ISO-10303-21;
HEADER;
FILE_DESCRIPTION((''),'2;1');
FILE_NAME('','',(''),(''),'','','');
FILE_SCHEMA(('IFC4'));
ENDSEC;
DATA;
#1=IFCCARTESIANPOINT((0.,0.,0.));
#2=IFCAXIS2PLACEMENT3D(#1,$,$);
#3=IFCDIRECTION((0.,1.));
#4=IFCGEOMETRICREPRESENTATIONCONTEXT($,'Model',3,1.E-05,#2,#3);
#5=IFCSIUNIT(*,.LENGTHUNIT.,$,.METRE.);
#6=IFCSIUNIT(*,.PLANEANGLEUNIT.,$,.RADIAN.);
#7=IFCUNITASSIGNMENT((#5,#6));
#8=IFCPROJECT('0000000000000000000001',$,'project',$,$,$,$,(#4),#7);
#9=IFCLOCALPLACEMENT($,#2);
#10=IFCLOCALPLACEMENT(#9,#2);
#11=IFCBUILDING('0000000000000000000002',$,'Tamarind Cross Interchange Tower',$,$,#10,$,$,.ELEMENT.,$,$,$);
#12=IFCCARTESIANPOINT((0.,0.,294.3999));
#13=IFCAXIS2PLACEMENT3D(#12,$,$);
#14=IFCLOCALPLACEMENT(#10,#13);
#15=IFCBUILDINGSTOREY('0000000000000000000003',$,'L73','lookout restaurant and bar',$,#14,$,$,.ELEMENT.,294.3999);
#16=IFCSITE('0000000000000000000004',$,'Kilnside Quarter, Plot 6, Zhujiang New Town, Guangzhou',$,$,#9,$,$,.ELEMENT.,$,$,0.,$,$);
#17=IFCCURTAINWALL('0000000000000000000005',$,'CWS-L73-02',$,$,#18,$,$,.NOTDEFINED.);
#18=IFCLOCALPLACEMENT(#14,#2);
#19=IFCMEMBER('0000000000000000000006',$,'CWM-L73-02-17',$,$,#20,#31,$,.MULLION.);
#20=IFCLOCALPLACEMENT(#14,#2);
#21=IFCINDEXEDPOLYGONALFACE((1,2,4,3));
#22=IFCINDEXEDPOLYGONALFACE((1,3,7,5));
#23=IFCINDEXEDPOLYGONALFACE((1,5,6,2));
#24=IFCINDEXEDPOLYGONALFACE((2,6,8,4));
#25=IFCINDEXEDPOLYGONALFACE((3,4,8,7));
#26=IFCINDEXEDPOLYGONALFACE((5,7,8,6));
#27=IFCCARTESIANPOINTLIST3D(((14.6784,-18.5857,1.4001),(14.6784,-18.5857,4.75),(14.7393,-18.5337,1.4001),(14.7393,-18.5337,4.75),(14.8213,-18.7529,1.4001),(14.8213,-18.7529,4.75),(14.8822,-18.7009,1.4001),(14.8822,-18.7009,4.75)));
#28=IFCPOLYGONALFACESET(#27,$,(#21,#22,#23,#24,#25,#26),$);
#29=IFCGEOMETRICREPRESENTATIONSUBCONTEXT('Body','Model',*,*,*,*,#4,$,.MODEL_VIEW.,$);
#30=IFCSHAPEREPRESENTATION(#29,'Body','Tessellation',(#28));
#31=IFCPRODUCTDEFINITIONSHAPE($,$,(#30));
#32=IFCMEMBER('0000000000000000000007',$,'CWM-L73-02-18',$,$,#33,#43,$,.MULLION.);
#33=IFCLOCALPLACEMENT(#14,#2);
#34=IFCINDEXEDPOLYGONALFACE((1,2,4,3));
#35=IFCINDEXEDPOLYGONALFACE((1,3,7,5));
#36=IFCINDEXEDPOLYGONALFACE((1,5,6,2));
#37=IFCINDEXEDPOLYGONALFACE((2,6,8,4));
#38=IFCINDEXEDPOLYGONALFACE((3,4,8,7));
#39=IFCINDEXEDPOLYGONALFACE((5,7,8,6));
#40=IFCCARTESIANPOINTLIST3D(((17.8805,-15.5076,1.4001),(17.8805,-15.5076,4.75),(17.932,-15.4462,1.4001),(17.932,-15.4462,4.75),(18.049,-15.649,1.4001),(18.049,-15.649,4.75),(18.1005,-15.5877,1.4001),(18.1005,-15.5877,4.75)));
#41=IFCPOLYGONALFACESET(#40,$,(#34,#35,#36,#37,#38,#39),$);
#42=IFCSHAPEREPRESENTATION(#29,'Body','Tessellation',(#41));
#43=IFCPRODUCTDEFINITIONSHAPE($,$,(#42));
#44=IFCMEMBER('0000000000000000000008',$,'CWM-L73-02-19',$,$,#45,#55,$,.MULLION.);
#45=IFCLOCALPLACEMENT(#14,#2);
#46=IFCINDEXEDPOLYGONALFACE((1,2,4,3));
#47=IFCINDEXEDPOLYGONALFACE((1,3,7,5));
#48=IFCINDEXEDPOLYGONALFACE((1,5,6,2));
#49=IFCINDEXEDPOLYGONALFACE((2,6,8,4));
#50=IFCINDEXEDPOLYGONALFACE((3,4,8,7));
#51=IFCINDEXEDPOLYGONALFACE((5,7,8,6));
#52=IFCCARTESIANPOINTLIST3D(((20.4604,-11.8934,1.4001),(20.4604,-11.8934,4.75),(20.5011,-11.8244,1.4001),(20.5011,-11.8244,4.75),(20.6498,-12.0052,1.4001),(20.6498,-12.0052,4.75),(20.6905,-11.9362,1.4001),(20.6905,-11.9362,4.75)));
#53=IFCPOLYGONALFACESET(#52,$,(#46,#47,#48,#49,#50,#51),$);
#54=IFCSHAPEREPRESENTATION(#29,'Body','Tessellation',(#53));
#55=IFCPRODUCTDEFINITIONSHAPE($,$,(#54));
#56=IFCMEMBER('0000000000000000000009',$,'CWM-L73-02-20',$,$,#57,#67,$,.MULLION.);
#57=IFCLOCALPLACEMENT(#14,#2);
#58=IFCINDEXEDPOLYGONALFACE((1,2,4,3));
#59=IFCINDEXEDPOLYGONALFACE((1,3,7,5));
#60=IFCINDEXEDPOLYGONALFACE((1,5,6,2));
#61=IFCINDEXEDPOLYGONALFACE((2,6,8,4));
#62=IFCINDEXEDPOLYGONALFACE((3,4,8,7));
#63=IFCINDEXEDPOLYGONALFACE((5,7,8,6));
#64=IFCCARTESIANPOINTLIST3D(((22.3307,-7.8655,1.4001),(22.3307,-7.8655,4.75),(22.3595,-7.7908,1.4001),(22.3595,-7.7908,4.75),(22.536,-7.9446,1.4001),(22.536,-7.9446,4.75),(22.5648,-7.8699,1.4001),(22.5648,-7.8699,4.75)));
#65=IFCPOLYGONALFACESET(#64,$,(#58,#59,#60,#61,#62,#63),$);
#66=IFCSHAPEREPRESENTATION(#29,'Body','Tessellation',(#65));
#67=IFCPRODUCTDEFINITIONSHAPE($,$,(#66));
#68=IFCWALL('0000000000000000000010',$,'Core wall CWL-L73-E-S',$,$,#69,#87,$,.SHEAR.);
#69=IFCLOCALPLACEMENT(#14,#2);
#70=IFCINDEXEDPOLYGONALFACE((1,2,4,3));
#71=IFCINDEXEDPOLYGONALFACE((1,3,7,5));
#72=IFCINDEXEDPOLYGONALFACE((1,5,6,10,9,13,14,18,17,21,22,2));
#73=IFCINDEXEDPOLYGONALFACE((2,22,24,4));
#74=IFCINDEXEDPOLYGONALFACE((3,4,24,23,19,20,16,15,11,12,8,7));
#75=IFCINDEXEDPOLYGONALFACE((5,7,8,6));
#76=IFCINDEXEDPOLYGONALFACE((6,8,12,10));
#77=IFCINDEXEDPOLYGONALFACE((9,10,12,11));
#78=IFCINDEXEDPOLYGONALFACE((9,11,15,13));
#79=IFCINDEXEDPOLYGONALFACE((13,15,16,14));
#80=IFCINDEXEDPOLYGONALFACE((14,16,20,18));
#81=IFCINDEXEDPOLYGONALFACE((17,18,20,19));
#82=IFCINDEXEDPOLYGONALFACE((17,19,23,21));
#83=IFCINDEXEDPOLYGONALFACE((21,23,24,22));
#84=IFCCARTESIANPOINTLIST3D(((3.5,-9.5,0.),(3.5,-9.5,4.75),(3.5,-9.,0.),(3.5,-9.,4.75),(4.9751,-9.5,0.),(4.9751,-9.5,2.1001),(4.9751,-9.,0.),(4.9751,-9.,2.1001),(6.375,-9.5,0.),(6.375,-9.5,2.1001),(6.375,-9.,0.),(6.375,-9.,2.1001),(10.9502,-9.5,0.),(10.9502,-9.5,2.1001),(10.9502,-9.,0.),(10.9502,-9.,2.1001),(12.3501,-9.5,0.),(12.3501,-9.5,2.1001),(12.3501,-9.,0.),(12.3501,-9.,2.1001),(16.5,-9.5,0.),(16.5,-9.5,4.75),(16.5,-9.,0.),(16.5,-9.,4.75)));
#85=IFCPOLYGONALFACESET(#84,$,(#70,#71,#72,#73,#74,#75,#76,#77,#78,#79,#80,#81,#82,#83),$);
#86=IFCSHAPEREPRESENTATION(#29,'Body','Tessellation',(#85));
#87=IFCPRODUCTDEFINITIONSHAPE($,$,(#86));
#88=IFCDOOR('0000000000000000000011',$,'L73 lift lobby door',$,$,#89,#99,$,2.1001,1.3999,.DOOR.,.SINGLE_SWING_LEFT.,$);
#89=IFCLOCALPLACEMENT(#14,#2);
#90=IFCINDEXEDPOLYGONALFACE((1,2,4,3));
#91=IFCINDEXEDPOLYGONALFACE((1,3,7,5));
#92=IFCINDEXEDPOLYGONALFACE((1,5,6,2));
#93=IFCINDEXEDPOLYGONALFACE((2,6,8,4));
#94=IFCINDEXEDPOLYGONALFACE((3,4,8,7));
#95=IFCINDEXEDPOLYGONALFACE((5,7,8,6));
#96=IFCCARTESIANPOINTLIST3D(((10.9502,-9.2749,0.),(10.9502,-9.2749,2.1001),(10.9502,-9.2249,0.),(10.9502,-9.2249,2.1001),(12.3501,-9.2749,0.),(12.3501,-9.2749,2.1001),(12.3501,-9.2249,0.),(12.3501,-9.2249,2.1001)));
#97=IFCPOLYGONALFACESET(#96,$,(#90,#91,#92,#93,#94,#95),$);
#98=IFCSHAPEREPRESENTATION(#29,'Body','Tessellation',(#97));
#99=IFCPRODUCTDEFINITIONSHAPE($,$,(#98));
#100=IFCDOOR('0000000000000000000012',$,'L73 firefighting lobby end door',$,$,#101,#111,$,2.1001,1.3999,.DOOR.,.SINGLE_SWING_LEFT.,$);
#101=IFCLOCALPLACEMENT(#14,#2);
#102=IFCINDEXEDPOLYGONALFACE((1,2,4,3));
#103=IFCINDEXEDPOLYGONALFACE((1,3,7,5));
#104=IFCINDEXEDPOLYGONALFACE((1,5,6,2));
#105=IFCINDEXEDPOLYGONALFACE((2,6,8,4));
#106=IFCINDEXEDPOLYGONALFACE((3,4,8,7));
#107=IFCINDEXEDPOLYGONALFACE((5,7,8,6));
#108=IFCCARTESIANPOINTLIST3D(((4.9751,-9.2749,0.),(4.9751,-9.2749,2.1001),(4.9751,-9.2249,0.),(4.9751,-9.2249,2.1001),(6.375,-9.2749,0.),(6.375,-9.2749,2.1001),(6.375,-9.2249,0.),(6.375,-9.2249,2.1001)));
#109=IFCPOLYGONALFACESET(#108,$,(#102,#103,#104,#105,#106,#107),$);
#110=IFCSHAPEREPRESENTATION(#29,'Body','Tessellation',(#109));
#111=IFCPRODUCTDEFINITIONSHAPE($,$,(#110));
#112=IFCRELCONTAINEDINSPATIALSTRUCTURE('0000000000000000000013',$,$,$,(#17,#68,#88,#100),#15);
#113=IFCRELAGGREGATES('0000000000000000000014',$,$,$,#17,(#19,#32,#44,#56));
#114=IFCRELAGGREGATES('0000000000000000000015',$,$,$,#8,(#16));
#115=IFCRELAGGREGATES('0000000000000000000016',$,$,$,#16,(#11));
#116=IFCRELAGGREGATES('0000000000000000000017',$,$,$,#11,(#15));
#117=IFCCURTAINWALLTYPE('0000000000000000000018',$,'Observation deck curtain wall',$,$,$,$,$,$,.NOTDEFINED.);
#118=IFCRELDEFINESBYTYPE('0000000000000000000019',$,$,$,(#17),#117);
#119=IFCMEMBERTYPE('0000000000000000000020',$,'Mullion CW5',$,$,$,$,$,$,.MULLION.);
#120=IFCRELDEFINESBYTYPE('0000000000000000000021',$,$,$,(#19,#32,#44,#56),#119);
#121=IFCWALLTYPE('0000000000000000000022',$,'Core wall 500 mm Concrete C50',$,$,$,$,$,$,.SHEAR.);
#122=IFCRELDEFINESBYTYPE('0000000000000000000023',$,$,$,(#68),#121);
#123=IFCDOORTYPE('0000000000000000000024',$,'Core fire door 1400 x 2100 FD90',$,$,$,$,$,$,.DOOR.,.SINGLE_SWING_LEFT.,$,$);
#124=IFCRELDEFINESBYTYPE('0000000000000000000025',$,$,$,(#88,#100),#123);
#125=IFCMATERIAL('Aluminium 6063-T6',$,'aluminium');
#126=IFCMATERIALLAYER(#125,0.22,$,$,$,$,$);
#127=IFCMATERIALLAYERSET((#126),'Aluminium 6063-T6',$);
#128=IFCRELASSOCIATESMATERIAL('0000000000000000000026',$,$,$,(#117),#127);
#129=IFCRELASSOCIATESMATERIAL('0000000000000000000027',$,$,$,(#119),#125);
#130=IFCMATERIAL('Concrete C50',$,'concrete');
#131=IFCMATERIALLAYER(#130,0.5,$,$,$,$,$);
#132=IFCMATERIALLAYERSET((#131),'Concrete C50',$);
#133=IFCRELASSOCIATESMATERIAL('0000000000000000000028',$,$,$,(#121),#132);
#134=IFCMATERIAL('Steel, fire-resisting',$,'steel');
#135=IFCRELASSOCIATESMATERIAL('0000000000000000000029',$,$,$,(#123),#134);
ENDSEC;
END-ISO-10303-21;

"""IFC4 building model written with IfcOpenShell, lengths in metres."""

from ifc_helpers import new_model, si_unit, direction, frame, frame_2d, origin, origin_2d, place, context, subcontext, project, spatial, rectangle, extrude, material, layer, layer_set, material_profile, profile_set, type_object, element, fill, aggregate, save


model = new_model("IFC4")

# Units and contexts
model_context = context("Model", 3, precision=1e-05, world=origin(), true_north=direction((0.0, 1.0)))
body_context = subcontext(model_context, "Body", "Model", "MODEL_VIEW")
ifc_project = project(units=[si_unit("LENGTHUNIT", "METRE"), si_unit("PLANEANGLEUNIT", "RADIAN")], contexts=[model_context])

# Site, building, storey
site_placement = place(None, origin())
site = spatial("IfcSite", under=ifc_project, at=site_placement, Name="Kilnside Quarter, Plot 6, Zhujiang New Town, Guangzhou", CompositionType="ELEMENT", RefElevation=0.0)
building_placement = place(site_placement, origin())
building = spatial("IfcBuilding", under=site, at=building_placement, Name="Tamarind Cross Interchange Tower", CompositionType="ELEMENT")
storey_placement = place(building_placement, frame((0.0, 0.0, 294.3999)))
storey = spatial("IfcBuildingStorey", under=building, at=storey_placement, Name="L73", Description="lookout restaurant and bar", CompositionType="ELEMENT", Elevation=294.3999)

# Curtain wall, members
ifc_material_1 = material(Name="Aluminium 6063-T6", Category="aluminium")
ifc_layer_1 = layer(ifc_material_1, 0.22)
ifc_layer_set_1 = layer_set([ifc_layer_1], Name="Aluminium 6063-T6")
curtain_wall_type = type_object("IfcCurtainWallType", Name="Observation deck curtain wall", PredefinedType="NOTDEFINED", material=ifc_layer_set_1)
curtain_wall_placement = place(storey_placement, origin())
curtain_wall = element("IfcCurtainWall", 1, at=curtain_wall_placement, inside=storey, type_object=curtain_wall_type, Name="CWS-L73-02", PredefinedType="NOTDEFINED")
ifc_material_profile_1 = material_profile(ifc_material_1, rectangle(XDim=0.0801, YDim=0.22, at=origin_2d()), Name="Mullion CW5")
ifc_profile_set_1 = profile_set([ifc_material_profile_1], Name="Aluminium 6063-T6")
member_type = type_object("IfcMemberType", Name="Mullion CW5", PredefinedType="MULLION", material=ifc_profile_set_1)
member_1_placement = place(storey_placement, frame((14.7803, -18.6433, 1.4001), z_axis=(0.0, 0.0, 1.0), x_axis=(0.760296, 0.649577, 0.0)))
member_1 = element("IfcMember", 2, at=member_1_placement, type_object=member_type, Name="CWM-L73-02-17", PredefinedType="MULLION", context=body_context, shape_type="SweptSolid", body=[
    extrude(rectangle(XDim=0.0801, YDim=0.22, at=origin_2d()), origin(), (0.0, 0.0, 1.0), 3.3499),
])
member_2_placement = place(storey_placement, frame((17.9905, -15.5476, 1.4001), z_axis=(0.0, 0.0, 1.0), x_axis=(0.643009, 0.765858, 0.0)))
member_2 = element("IfcMember", 3, at=member_2_placement, type_object=member_type, Name="CWM-L73-02-18", PredefinedType="MULLION", context=body_context, shape_type="SweptSolid", body=[
    extrude(rectangle(XDim=0.0801, YDim=0.22, at=origin_2d()), origin(), (0.0, 0.0, 1.0), 3.3499),
])
member_3_placement = place(storey_placement, frame((20.5754, -11.9148, 1.4001), z_axis=(0.0, 0.0, 1.0), x_axis=(0.508183, 0.861249, 0.0)))
member_3 = element("IfcMember", 4, at=member_3_placement, type_object=member_type, Name="CWM-L73-02-19", PredefinedType="MULLION", context=body_context, shape_type="SweptSolid", body=[
    extrude(rectangle(XDim=0.0801, YDim=0.22, at=origin_2d()), origin(), (0.0, 0.0, 1.0), 3.3499),
])
member_4_placement = place(storey_placement, frame((22.4478, -7.8677, 1.4001), z_axis=(0.0, 0.0, 1.0), x_axis=(0.359495, 0.933147, 0.0)))
member_4 = element("IfcMember", 5, at=member_4_placement, type_object=member_type, Name="CWM-L73-02-20", PredefinedType="MULLION", context=body_context, shape_type="SweptSolid", body=[
    extrude(rectangle(XDim=0.0801, YDim=0.22, at=origin_2d()), origin(), (0.0, 0.0, 1.0), 3.3499),
])
aggregate(curtain_wall, [member_1, member_2, member_3, member_4])

# Wall, openings, doors
ifc_material_2 = material(Name="Concrete C50", Category="concrete")
ifc_layer_2 = layer(ifc_material_2, 0.5)
ifc_layer_set_2 = layer_set([ifc_layer_2], Name="Concrete C50")
wall_type_1 = type_object("IfcWallType", Name="Core wall 500 mm Concrete C50", PredefinedType="SHEAR", material=ifc_layer_set_2)
wall_1_placement = place(storey_placement, frame((16.5, -9.25, 0.0), z_axis=(0.0, 0.0, 1.0), x_axis=(-1.0, 0.0, 0.0)))
wall_1 = element("IfcWall", 6, at=wall_1_placement, inside=storey, type_object=wall_type_1, Name="Core wall CWL-L73-E-S", PredefinedType="SHEAR", context=body_context, shape_type="SweptSolid", body=[
    extrude(rectangle(XDim=13.0, YDim=0.5, at=frame_2d((6.5, 0.0))), origin(), (0.0, 0.0, 1.0), 4.75),
])
opening_1_placement = place(wall_1_placement, frame((4.1499, 0.0, 0.0)))
opening_1 = element("IfcOpeningElement", 7, at=opening_1_placement, cuts=wall_1, PredefinedType="OPENING", context=body_context, shape_type="SweptSolid", body=[
    extrude(rectangle(XDim=1.3999, YDim=2.1001, at=frame_2d((0.7, 1.05))), frame((0.0, 0.26, 0.0), z_axis=(0.0, -1.0, 0.0), x_axis=(1.0, 0.0, 0.0)), (0.0, 0.0, 1.0), 0.52),
])
opening_2_placement = place(wall_1_placement, frame((10.125, 0.0, 0.0)))
opening_2 = element("IfcOpeningElement", 8, at=opening_2_placement, cuts=wall_1, PredefinedType="OPENING", context=body_context, shape_type="SweptSolid", body=[
    extrude(rectangle(XDim=1.3999, YDim=2.1001, at=frame_2d((0.7, 1.05))), frame((0.0, 0.26, 0.0), z_axis=(0.0, -1.0, 0.0), x_axis=(1.0, 0.0, 0.0)), (0.0, 0.0, 1.0), 0.52),
])
ifc_material_3 = material(Name="Steel, fire-resisting", Category="steel")
door_type_1 = type_object("IfcDoorType", Name="Core fire door 1400 x 2100 FD90", OperationType="SINGLE_SWING_LEFT", PredefinedType="DOOR", material=ifc_material_3)
door_1_placement = place(opening_1_placement, origin())
door_1 = element("IfcDoor", 9, at=door_1_placement, inside=storey, type_object=door_type_1, Name="L73 lift lobby door", OperationType="SINGLE_SWING_LEFT", OverallHeight=2.1001, OverallWidth=1.3999, PredefinedType="DOOR", context=body_context, shape_type="SweptSolid", body=[
    extrude(rectangle(XDim=1.3999, YDim=2.1001, at=frame_2d((0.7, 1.05))), frame((0.0, 0.0249, 0.0), z_axis=(0.0, -1.0, 0.0), x_axis=(1.0, 0.0, 0.0)), (0.0, 0.0, 1.0), 0.05),
])
fill(opening_1, door_1)
door_2_placement = place(opening_2_placement, origin())
door_2 = element("IfcDoor", 10, at=door_2_placement, inside=storey, type_object=door_type_1, Name="L73 firefighting lobby end door", OperationType="SINGLE_SWING_LEFT", OverallHeight=2.1001, OverallWidth=1.3999, PredefinedType="DOOR", context=body_context, shape_type="SweptSolid", body=[
    extrude(rectangle(XDim=1.3999, YDim=2.1001, at=frame_2d((0.7, 1.05))), frame((0.0, 0.0249, 0.0), z_axis=(0.0, -1.0, 0.0), x_axis=(1.0, 0.0, 0.0)), (0.0, 0.0, 1.0), 0.05),
])
fill(opening_2, door_2)

save(model, "model.ifc")
